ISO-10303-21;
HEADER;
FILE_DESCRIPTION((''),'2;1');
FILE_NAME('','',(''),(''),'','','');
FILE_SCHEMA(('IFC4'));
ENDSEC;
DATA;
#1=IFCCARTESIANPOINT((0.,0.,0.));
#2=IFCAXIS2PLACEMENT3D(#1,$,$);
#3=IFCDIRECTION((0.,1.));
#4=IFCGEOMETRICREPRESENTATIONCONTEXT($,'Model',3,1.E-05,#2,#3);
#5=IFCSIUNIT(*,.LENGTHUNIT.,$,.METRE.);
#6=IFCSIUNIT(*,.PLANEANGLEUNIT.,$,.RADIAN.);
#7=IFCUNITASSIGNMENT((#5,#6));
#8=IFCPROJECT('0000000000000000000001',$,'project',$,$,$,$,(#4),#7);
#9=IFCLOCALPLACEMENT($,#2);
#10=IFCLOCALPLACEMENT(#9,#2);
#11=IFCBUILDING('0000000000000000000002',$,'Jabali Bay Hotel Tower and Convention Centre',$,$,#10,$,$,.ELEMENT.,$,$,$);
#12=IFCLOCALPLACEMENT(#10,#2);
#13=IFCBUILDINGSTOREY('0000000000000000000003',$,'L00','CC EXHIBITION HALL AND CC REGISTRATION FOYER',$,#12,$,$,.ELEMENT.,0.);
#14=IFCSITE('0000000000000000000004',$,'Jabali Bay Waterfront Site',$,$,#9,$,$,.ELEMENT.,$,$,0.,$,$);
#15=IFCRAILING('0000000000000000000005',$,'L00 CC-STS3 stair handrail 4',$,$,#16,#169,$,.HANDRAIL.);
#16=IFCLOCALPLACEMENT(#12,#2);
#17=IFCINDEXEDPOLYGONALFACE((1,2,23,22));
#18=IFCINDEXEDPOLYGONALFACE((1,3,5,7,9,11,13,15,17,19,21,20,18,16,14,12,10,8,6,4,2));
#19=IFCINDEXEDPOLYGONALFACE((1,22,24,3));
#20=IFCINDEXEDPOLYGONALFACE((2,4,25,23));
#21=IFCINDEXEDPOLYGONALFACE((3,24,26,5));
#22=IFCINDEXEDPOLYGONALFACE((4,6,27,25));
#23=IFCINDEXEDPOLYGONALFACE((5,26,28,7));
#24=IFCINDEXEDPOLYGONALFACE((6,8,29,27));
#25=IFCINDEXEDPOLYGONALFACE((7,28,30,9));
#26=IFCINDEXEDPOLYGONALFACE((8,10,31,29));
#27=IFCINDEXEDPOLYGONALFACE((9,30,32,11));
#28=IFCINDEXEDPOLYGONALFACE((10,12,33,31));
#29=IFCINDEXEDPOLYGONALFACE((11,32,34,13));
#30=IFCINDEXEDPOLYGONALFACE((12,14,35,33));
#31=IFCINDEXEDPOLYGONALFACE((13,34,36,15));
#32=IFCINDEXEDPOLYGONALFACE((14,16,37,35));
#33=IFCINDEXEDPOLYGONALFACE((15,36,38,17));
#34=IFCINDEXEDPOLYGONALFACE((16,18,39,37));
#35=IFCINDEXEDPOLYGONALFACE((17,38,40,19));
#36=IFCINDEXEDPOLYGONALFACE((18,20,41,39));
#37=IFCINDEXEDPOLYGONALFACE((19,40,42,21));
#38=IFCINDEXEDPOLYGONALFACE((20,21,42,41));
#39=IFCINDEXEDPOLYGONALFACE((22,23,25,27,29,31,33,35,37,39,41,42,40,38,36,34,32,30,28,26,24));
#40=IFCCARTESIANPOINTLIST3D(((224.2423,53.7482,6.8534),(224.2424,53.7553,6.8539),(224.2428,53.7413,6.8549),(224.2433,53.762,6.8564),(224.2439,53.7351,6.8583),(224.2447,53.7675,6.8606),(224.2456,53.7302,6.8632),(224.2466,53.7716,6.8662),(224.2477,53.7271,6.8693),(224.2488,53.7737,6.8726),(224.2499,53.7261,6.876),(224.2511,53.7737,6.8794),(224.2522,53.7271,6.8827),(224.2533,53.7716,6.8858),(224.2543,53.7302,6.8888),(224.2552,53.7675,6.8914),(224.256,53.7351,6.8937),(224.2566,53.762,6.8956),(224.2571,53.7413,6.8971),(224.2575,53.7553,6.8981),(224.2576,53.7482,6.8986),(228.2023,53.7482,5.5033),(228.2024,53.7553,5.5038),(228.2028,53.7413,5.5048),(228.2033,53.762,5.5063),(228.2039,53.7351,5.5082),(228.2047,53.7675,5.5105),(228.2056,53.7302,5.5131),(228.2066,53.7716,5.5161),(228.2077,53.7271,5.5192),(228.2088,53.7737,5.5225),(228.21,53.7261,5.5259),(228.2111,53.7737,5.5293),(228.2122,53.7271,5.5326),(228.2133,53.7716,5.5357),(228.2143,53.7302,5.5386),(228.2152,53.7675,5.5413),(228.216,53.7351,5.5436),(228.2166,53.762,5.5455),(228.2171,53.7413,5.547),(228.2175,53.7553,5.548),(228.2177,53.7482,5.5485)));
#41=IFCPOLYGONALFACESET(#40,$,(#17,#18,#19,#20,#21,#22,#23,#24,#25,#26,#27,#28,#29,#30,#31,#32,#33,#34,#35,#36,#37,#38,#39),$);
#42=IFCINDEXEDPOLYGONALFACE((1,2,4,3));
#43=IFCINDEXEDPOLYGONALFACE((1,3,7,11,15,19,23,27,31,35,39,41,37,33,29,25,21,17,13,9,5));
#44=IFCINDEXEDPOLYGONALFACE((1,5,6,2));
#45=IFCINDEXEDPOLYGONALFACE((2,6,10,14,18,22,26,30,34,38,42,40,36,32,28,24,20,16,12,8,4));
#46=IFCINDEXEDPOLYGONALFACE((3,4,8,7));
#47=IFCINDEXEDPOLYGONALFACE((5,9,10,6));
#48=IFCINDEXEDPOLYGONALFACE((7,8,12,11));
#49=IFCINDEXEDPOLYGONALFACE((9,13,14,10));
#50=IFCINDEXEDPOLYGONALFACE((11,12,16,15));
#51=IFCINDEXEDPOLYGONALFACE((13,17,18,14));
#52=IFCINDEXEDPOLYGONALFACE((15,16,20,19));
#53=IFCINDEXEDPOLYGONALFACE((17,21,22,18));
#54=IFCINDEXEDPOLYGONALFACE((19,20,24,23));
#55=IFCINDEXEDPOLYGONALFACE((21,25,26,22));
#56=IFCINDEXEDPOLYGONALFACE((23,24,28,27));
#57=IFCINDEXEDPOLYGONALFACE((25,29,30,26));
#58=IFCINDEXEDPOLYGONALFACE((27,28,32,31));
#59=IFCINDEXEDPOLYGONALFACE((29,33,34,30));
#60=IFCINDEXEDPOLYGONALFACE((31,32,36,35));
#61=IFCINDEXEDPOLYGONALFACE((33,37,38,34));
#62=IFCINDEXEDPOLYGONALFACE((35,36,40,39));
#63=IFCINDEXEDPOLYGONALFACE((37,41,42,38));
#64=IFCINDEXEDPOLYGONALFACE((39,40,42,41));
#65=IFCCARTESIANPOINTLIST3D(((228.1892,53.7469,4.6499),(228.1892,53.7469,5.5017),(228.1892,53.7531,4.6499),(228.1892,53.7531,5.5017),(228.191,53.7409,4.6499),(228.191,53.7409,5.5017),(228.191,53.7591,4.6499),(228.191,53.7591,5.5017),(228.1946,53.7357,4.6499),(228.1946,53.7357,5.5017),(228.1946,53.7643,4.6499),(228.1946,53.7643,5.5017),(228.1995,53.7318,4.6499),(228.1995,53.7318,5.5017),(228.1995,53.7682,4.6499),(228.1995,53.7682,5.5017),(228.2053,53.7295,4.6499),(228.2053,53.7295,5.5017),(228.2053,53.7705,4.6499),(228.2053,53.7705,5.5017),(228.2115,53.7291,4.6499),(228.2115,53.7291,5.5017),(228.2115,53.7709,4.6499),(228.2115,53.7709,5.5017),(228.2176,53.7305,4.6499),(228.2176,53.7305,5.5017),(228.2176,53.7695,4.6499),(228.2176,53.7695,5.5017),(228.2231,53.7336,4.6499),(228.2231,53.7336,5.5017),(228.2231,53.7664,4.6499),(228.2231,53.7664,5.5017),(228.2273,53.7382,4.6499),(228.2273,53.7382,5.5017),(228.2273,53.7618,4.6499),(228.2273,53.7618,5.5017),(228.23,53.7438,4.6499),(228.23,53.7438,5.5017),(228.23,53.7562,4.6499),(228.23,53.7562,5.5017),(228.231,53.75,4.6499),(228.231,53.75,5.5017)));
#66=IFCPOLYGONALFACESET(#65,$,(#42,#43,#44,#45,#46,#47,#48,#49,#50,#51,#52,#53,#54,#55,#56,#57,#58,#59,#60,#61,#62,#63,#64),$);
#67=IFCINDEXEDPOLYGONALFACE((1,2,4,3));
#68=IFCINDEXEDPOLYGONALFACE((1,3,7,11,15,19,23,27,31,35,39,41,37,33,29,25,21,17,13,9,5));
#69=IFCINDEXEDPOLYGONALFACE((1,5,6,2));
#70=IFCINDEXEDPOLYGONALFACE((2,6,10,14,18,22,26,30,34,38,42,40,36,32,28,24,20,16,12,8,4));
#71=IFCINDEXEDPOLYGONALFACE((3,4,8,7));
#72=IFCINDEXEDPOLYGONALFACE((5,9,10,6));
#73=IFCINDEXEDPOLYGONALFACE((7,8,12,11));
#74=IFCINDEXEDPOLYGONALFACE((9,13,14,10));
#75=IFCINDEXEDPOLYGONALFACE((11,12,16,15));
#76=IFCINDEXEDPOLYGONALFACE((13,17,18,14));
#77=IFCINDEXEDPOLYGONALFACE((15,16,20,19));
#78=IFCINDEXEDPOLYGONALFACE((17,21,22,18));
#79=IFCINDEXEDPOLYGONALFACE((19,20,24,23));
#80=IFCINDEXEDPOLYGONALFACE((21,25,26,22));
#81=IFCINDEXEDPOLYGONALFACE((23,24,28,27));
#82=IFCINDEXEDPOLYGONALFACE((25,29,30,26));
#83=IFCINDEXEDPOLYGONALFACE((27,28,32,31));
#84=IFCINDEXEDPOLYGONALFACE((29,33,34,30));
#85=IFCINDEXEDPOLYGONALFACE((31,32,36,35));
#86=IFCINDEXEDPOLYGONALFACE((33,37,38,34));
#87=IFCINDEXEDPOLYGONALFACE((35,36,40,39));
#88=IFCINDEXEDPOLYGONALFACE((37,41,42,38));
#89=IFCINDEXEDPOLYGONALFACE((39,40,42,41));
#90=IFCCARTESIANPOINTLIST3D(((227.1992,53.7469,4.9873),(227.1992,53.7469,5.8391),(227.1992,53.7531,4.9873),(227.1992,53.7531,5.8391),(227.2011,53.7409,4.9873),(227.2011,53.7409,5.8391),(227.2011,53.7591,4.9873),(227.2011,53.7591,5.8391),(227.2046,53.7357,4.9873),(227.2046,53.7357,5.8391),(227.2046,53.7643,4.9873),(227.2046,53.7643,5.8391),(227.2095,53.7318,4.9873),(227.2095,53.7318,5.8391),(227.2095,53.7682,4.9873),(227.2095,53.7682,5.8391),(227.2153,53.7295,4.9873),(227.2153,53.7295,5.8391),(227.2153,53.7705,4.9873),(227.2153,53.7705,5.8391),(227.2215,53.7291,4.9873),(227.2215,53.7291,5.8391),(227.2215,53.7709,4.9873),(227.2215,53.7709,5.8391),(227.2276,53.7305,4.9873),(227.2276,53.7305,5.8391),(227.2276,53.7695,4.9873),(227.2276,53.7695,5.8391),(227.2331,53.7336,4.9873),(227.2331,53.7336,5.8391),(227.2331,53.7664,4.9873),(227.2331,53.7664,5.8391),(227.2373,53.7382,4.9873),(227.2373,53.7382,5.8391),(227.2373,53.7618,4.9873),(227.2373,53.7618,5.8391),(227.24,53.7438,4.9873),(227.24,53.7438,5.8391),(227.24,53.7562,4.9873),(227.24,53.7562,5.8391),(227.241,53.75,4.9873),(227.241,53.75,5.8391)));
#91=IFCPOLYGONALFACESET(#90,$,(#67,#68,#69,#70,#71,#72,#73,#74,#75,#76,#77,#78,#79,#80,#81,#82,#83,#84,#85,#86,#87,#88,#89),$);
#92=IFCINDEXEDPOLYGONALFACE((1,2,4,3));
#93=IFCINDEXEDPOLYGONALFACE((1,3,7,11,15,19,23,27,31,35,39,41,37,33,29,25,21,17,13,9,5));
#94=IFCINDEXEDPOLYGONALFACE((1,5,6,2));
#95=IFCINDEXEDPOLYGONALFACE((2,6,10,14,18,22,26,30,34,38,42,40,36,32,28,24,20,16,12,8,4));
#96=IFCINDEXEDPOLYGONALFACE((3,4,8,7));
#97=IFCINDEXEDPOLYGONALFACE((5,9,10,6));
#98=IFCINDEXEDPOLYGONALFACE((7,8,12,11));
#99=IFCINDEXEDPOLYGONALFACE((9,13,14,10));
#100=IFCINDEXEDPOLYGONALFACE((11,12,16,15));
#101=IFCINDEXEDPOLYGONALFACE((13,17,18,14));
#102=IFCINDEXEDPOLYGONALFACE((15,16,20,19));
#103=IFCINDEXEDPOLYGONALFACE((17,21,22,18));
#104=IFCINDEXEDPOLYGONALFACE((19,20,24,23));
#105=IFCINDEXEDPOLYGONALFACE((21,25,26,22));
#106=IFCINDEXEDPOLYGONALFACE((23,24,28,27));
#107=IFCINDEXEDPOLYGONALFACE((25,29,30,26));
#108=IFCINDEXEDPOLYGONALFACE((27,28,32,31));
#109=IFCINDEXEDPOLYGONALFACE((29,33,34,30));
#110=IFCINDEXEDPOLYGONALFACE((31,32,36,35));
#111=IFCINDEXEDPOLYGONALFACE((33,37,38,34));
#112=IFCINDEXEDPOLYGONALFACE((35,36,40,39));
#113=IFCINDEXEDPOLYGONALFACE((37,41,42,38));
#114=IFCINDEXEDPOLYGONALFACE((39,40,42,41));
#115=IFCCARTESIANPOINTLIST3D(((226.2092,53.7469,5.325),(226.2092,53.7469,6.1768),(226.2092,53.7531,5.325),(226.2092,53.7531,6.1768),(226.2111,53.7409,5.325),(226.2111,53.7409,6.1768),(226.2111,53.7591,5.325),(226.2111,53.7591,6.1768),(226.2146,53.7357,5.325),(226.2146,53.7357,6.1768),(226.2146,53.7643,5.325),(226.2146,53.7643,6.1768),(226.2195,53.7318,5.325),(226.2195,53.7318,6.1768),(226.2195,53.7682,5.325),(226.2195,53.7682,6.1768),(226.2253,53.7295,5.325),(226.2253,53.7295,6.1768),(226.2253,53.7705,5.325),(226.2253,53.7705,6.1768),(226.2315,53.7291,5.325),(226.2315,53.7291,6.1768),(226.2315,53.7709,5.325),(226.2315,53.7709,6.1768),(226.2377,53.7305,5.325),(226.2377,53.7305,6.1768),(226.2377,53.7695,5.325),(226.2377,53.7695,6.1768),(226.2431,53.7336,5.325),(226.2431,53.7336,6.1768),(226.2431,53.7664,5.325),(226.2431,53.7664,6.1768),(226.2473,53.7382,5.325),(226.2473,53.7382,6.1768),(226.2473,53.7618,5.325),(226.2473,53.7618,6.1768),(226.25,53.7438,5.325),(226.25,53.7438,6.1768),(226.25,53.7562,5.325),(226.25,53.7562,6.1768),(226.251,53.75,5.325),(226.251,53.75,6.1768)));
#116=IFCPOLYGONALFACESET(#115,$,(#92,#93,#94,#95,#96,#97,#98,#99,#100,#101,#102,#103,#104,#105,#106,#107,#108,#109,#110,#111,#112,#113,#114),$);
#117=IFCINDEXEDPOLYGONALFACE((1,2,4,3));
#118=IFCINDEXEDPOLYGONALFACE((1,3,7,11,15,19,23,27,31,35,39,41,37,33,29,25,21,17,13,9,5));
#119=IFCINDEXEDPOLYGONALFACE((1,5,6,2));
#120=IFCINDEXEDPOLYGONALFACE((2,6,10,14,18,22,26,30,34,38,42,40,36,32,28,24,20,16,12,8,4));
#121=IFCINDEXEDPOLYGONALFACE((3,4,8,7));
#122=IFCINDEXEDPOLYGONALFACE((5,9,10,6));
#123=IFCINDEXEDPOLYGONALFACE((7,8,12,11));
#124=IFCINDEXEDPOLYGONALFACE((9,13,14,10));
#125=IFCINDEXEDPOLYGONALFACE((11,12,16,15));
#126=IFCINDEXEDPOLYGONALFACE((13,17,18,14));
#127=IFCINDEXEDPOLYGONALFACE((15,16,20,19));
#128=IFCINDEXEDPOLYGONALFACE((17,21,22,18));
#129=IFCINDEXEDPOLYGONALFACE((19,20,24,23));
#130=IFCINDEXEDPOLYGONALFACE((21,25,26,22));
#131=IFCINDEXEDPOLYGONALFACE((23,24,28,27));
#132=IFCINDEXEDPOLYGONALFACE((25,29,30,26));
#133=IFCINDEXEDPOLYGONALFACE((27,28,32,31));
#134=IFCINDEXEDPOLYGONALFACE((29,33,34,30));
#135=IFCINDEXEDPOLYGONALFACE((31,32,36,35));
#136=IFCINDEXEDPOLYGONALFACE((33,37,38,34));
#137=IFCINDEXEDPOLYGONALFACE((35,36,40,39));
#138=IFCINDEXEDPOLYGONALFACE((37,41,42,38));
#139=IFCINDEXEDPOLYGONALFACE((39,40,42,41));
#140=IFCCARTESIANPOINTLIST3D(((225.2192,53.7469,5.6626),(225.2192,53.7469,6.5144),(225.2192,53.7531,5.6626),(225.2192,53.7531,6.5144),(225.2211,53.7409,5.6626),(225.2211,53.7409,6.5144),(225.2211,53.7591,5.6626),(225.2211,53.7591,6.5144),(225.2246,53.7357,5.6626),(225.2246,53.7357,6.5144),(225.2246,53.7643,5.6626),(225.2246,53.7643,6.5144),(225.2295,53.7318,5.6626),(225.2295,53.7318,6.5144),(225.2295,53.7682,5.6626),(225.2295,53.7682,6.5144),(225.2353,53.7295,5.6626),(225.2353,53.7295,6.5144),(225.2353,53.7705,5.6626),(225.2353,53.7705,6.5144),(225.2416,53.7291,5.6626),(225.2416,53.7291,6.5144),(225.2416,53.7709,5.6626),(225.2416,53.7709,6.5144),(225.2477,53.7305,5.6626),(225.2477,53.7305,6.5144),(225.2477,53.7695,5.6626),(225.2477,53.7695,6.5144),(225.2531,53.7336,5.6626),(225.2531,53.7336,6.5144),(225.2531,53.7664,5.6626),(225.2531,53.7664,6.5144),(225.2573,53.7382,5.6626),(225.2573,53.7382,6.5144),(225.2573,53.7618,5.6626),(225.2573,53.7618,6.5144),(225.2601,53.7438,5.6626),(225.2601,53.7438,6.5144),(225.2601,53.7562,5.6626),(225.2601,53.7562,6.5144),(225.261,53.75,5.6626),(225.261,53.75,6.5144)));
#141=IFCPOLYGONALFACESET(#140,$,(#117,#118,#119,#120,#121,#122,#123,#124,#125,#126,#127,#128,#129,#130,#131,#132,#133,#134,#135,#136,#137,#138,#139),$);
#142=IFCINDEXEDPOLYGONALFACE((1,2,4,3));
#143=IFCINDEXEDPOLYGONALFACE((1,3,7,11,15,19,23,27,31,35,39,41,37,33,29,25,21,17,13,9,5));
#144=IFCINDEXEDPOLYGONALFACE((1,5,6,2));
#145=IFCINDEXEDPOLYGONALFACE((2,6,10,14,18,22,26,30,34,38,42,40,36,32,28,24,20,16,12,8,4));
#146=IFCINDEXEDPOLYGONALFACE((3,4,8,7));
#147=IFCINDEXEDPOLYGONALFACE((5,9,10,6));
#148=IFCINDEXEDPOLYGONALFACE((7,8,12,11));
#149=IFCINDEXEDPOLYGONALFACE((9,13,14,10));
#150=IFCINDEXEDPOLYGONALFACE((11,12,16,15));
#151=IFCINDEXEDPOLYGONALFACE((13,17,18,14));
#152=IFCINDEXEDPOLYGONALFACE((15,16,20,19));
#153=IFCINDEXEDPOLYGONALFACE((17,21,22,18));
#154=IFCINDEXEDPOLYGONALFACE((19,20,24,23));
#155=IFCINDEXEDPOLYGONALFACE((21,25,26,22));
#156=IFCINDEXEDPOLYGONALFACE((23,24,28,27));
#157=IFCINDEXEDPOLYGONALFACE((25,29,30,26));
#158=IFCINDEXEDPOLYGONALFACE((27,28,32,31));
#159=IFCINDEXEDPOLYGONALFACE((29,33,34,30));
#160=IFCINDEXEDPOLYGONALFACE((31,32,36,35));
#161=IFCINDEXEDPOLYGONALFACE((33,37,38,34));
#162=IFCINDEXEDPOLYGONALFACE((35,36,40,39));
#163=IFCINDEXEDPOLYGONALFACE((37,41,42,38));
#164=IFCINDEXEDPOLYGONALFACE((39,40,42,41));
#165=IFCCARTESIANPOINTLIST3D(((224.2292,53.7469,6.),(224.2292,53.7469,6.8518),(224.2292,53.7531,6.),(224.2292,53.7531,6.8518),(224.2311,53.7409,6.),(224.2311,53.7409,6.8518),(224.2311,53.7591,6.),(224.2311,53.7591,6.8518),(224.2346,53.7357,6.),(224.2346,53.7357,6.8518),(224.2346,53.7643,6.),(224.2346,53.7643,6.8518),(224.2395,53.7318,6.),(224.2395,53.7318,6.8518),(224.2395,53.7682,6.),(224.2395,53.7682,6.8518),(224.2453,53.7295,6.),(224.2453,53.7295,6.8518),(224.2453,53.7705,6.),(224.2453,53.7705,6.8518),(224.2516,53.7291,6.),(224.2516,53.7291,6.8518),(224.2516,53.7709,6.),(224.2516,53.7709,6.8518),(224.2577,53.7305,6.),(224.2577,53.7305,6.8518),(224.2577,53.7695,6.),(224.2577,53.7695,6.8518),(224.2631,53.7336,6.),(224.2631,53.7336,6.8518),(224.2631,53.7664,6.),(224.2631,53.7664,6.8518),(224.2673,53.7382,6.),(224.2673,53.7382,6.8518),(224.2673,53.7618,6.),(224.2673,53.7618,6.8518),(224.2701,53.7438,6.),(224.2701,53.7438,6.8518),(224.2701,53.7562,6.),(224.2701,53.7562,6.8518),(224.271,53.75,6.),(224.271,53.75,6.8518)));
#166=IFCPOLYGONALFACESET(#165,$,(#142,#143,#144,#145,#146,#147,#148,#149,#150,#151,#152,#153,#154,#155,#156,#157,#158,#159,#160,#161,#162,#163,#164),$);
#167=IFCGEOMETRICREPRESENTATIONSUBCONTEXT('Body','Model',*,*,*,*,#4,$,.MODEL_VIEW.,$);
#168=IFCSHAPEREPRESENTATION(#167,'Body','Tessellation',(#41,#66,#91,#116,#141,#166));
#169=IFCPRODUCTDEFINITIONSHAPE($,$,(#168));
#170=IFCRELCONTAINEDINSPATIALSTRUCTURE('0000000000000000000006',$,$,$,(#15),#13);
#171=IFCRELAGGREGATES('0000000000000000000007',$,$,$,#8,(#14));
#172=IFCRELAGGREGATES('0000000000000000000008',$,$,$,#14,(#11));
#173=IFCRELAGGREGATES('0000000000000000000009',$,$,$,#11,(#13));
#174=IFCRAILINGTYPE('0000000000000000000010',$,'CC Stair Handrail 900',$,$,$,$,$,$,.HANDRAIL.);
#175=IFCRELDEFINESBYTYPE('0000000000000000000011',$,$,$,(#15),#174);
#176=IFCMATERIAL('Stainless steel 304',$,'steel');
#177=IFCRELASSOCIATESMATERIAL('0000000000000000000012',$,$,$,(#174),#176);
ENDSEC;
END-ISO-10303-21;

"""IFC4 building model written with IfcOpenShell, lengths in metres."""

from ifc_helpers import new_model, si_unit, direction, frame, origin, origin_2d, place, context, subcontext, project, spatial, circle, extrude, material, type_object, element, save


model = new_model("IFC4")

# Units and contexts
model_context = context("Model", 3, precision=1e-05, world=origin(), true_north=direction((0.0, 1.0)))
body_context = subcontext(model_context, "Body", "Model", "MODEL_VIEW")
ifc_project = project(units=[si_unit("LENGTHUNIT", "METRE"), si_unit("PLANEANGLEUNIT", "RADIAN")], contexts=[model_context])

# Site, building, storey
site_placement = place(None, origin())
site = spatial("IfcSite", under=ifc_project, at=site_placement, Name="Jabali Bay Waterfront Site", CompositionType="ELEMENT", RefElevation=0.0)
building_placement = place(site_placement, origin())
building = spatial("IfcBuilding", under=site, at=building_placement, Name="Jabali Bay Hotel Tower and Convention Centre", CompositionType="ELEMENT")
storey_placement = place(building_placement, origin())
storey = spatial("IfcBuildingStorey", under=building, at=storey_placement, Name="L00", Description="CC EXHIBITION HALL AND CC REGISTRATION FOYER", CompositionType="ELEMENT", Elevation=0.0)

# Railing
ifc_material_1 = material(Name="Stainless steel 304", Category="steel")
railing_type_1 = type_object("IfcRailingType", Name="CC Stair Handrail 900", PredefinedType="HANDRAIL", material=ifc_material_1)
railing_1_placement = place(storey_placement, frame((228.21, 53.75, 4.6499)))
element("IfcRailing", 1, at=railing_1_placement, inside=storey, type_object=railing_type_1, Name="L00 CC-STS3 stair handrail 4", PredefinedType="HANDRAIL", context=body_context, shape_type="SweptSolid", body=[
    extrude(circle(Radius=0.0239, at=origin_2d()), frame((0.0, 0.0, 0.876), z_axis=(-0.946502, 0.0, 0.322698), x_axis=(0.0, -1.0, 0.0)), (0.0, 0.0, 1.0), 4.1838),
    extrude(circle(Radius=0.021, at=origin_2d()), origin(), (0.0, 0.0, 1.0), 0.8518),
    extrude(circle(Radius=0.021, at=origin_2d()), frame((-0.99, 0.0, 0.3374)), (0.0, 0.0, 1.0), 0.8518),
    extrude(circle(Radius=0.021, at=origin_2d()), frame((-1.98, 0.0, 0.675)), (0.0, 0.0, 1.0), 0.8518),
    extrude(circle(Radius=0.021, at=origin_2d()), frame((-2.97, 0.0, 1.0127)), (0.0, 0.0, 1.0), 0.8518),
    extrude(circle(Radius=0.021, at=origin_2d()), frame((-3.96, 0.0, 1.3501)), (0.0, 0.0, 1.0), 0.8518),
])

save(model, "model.ifc")
